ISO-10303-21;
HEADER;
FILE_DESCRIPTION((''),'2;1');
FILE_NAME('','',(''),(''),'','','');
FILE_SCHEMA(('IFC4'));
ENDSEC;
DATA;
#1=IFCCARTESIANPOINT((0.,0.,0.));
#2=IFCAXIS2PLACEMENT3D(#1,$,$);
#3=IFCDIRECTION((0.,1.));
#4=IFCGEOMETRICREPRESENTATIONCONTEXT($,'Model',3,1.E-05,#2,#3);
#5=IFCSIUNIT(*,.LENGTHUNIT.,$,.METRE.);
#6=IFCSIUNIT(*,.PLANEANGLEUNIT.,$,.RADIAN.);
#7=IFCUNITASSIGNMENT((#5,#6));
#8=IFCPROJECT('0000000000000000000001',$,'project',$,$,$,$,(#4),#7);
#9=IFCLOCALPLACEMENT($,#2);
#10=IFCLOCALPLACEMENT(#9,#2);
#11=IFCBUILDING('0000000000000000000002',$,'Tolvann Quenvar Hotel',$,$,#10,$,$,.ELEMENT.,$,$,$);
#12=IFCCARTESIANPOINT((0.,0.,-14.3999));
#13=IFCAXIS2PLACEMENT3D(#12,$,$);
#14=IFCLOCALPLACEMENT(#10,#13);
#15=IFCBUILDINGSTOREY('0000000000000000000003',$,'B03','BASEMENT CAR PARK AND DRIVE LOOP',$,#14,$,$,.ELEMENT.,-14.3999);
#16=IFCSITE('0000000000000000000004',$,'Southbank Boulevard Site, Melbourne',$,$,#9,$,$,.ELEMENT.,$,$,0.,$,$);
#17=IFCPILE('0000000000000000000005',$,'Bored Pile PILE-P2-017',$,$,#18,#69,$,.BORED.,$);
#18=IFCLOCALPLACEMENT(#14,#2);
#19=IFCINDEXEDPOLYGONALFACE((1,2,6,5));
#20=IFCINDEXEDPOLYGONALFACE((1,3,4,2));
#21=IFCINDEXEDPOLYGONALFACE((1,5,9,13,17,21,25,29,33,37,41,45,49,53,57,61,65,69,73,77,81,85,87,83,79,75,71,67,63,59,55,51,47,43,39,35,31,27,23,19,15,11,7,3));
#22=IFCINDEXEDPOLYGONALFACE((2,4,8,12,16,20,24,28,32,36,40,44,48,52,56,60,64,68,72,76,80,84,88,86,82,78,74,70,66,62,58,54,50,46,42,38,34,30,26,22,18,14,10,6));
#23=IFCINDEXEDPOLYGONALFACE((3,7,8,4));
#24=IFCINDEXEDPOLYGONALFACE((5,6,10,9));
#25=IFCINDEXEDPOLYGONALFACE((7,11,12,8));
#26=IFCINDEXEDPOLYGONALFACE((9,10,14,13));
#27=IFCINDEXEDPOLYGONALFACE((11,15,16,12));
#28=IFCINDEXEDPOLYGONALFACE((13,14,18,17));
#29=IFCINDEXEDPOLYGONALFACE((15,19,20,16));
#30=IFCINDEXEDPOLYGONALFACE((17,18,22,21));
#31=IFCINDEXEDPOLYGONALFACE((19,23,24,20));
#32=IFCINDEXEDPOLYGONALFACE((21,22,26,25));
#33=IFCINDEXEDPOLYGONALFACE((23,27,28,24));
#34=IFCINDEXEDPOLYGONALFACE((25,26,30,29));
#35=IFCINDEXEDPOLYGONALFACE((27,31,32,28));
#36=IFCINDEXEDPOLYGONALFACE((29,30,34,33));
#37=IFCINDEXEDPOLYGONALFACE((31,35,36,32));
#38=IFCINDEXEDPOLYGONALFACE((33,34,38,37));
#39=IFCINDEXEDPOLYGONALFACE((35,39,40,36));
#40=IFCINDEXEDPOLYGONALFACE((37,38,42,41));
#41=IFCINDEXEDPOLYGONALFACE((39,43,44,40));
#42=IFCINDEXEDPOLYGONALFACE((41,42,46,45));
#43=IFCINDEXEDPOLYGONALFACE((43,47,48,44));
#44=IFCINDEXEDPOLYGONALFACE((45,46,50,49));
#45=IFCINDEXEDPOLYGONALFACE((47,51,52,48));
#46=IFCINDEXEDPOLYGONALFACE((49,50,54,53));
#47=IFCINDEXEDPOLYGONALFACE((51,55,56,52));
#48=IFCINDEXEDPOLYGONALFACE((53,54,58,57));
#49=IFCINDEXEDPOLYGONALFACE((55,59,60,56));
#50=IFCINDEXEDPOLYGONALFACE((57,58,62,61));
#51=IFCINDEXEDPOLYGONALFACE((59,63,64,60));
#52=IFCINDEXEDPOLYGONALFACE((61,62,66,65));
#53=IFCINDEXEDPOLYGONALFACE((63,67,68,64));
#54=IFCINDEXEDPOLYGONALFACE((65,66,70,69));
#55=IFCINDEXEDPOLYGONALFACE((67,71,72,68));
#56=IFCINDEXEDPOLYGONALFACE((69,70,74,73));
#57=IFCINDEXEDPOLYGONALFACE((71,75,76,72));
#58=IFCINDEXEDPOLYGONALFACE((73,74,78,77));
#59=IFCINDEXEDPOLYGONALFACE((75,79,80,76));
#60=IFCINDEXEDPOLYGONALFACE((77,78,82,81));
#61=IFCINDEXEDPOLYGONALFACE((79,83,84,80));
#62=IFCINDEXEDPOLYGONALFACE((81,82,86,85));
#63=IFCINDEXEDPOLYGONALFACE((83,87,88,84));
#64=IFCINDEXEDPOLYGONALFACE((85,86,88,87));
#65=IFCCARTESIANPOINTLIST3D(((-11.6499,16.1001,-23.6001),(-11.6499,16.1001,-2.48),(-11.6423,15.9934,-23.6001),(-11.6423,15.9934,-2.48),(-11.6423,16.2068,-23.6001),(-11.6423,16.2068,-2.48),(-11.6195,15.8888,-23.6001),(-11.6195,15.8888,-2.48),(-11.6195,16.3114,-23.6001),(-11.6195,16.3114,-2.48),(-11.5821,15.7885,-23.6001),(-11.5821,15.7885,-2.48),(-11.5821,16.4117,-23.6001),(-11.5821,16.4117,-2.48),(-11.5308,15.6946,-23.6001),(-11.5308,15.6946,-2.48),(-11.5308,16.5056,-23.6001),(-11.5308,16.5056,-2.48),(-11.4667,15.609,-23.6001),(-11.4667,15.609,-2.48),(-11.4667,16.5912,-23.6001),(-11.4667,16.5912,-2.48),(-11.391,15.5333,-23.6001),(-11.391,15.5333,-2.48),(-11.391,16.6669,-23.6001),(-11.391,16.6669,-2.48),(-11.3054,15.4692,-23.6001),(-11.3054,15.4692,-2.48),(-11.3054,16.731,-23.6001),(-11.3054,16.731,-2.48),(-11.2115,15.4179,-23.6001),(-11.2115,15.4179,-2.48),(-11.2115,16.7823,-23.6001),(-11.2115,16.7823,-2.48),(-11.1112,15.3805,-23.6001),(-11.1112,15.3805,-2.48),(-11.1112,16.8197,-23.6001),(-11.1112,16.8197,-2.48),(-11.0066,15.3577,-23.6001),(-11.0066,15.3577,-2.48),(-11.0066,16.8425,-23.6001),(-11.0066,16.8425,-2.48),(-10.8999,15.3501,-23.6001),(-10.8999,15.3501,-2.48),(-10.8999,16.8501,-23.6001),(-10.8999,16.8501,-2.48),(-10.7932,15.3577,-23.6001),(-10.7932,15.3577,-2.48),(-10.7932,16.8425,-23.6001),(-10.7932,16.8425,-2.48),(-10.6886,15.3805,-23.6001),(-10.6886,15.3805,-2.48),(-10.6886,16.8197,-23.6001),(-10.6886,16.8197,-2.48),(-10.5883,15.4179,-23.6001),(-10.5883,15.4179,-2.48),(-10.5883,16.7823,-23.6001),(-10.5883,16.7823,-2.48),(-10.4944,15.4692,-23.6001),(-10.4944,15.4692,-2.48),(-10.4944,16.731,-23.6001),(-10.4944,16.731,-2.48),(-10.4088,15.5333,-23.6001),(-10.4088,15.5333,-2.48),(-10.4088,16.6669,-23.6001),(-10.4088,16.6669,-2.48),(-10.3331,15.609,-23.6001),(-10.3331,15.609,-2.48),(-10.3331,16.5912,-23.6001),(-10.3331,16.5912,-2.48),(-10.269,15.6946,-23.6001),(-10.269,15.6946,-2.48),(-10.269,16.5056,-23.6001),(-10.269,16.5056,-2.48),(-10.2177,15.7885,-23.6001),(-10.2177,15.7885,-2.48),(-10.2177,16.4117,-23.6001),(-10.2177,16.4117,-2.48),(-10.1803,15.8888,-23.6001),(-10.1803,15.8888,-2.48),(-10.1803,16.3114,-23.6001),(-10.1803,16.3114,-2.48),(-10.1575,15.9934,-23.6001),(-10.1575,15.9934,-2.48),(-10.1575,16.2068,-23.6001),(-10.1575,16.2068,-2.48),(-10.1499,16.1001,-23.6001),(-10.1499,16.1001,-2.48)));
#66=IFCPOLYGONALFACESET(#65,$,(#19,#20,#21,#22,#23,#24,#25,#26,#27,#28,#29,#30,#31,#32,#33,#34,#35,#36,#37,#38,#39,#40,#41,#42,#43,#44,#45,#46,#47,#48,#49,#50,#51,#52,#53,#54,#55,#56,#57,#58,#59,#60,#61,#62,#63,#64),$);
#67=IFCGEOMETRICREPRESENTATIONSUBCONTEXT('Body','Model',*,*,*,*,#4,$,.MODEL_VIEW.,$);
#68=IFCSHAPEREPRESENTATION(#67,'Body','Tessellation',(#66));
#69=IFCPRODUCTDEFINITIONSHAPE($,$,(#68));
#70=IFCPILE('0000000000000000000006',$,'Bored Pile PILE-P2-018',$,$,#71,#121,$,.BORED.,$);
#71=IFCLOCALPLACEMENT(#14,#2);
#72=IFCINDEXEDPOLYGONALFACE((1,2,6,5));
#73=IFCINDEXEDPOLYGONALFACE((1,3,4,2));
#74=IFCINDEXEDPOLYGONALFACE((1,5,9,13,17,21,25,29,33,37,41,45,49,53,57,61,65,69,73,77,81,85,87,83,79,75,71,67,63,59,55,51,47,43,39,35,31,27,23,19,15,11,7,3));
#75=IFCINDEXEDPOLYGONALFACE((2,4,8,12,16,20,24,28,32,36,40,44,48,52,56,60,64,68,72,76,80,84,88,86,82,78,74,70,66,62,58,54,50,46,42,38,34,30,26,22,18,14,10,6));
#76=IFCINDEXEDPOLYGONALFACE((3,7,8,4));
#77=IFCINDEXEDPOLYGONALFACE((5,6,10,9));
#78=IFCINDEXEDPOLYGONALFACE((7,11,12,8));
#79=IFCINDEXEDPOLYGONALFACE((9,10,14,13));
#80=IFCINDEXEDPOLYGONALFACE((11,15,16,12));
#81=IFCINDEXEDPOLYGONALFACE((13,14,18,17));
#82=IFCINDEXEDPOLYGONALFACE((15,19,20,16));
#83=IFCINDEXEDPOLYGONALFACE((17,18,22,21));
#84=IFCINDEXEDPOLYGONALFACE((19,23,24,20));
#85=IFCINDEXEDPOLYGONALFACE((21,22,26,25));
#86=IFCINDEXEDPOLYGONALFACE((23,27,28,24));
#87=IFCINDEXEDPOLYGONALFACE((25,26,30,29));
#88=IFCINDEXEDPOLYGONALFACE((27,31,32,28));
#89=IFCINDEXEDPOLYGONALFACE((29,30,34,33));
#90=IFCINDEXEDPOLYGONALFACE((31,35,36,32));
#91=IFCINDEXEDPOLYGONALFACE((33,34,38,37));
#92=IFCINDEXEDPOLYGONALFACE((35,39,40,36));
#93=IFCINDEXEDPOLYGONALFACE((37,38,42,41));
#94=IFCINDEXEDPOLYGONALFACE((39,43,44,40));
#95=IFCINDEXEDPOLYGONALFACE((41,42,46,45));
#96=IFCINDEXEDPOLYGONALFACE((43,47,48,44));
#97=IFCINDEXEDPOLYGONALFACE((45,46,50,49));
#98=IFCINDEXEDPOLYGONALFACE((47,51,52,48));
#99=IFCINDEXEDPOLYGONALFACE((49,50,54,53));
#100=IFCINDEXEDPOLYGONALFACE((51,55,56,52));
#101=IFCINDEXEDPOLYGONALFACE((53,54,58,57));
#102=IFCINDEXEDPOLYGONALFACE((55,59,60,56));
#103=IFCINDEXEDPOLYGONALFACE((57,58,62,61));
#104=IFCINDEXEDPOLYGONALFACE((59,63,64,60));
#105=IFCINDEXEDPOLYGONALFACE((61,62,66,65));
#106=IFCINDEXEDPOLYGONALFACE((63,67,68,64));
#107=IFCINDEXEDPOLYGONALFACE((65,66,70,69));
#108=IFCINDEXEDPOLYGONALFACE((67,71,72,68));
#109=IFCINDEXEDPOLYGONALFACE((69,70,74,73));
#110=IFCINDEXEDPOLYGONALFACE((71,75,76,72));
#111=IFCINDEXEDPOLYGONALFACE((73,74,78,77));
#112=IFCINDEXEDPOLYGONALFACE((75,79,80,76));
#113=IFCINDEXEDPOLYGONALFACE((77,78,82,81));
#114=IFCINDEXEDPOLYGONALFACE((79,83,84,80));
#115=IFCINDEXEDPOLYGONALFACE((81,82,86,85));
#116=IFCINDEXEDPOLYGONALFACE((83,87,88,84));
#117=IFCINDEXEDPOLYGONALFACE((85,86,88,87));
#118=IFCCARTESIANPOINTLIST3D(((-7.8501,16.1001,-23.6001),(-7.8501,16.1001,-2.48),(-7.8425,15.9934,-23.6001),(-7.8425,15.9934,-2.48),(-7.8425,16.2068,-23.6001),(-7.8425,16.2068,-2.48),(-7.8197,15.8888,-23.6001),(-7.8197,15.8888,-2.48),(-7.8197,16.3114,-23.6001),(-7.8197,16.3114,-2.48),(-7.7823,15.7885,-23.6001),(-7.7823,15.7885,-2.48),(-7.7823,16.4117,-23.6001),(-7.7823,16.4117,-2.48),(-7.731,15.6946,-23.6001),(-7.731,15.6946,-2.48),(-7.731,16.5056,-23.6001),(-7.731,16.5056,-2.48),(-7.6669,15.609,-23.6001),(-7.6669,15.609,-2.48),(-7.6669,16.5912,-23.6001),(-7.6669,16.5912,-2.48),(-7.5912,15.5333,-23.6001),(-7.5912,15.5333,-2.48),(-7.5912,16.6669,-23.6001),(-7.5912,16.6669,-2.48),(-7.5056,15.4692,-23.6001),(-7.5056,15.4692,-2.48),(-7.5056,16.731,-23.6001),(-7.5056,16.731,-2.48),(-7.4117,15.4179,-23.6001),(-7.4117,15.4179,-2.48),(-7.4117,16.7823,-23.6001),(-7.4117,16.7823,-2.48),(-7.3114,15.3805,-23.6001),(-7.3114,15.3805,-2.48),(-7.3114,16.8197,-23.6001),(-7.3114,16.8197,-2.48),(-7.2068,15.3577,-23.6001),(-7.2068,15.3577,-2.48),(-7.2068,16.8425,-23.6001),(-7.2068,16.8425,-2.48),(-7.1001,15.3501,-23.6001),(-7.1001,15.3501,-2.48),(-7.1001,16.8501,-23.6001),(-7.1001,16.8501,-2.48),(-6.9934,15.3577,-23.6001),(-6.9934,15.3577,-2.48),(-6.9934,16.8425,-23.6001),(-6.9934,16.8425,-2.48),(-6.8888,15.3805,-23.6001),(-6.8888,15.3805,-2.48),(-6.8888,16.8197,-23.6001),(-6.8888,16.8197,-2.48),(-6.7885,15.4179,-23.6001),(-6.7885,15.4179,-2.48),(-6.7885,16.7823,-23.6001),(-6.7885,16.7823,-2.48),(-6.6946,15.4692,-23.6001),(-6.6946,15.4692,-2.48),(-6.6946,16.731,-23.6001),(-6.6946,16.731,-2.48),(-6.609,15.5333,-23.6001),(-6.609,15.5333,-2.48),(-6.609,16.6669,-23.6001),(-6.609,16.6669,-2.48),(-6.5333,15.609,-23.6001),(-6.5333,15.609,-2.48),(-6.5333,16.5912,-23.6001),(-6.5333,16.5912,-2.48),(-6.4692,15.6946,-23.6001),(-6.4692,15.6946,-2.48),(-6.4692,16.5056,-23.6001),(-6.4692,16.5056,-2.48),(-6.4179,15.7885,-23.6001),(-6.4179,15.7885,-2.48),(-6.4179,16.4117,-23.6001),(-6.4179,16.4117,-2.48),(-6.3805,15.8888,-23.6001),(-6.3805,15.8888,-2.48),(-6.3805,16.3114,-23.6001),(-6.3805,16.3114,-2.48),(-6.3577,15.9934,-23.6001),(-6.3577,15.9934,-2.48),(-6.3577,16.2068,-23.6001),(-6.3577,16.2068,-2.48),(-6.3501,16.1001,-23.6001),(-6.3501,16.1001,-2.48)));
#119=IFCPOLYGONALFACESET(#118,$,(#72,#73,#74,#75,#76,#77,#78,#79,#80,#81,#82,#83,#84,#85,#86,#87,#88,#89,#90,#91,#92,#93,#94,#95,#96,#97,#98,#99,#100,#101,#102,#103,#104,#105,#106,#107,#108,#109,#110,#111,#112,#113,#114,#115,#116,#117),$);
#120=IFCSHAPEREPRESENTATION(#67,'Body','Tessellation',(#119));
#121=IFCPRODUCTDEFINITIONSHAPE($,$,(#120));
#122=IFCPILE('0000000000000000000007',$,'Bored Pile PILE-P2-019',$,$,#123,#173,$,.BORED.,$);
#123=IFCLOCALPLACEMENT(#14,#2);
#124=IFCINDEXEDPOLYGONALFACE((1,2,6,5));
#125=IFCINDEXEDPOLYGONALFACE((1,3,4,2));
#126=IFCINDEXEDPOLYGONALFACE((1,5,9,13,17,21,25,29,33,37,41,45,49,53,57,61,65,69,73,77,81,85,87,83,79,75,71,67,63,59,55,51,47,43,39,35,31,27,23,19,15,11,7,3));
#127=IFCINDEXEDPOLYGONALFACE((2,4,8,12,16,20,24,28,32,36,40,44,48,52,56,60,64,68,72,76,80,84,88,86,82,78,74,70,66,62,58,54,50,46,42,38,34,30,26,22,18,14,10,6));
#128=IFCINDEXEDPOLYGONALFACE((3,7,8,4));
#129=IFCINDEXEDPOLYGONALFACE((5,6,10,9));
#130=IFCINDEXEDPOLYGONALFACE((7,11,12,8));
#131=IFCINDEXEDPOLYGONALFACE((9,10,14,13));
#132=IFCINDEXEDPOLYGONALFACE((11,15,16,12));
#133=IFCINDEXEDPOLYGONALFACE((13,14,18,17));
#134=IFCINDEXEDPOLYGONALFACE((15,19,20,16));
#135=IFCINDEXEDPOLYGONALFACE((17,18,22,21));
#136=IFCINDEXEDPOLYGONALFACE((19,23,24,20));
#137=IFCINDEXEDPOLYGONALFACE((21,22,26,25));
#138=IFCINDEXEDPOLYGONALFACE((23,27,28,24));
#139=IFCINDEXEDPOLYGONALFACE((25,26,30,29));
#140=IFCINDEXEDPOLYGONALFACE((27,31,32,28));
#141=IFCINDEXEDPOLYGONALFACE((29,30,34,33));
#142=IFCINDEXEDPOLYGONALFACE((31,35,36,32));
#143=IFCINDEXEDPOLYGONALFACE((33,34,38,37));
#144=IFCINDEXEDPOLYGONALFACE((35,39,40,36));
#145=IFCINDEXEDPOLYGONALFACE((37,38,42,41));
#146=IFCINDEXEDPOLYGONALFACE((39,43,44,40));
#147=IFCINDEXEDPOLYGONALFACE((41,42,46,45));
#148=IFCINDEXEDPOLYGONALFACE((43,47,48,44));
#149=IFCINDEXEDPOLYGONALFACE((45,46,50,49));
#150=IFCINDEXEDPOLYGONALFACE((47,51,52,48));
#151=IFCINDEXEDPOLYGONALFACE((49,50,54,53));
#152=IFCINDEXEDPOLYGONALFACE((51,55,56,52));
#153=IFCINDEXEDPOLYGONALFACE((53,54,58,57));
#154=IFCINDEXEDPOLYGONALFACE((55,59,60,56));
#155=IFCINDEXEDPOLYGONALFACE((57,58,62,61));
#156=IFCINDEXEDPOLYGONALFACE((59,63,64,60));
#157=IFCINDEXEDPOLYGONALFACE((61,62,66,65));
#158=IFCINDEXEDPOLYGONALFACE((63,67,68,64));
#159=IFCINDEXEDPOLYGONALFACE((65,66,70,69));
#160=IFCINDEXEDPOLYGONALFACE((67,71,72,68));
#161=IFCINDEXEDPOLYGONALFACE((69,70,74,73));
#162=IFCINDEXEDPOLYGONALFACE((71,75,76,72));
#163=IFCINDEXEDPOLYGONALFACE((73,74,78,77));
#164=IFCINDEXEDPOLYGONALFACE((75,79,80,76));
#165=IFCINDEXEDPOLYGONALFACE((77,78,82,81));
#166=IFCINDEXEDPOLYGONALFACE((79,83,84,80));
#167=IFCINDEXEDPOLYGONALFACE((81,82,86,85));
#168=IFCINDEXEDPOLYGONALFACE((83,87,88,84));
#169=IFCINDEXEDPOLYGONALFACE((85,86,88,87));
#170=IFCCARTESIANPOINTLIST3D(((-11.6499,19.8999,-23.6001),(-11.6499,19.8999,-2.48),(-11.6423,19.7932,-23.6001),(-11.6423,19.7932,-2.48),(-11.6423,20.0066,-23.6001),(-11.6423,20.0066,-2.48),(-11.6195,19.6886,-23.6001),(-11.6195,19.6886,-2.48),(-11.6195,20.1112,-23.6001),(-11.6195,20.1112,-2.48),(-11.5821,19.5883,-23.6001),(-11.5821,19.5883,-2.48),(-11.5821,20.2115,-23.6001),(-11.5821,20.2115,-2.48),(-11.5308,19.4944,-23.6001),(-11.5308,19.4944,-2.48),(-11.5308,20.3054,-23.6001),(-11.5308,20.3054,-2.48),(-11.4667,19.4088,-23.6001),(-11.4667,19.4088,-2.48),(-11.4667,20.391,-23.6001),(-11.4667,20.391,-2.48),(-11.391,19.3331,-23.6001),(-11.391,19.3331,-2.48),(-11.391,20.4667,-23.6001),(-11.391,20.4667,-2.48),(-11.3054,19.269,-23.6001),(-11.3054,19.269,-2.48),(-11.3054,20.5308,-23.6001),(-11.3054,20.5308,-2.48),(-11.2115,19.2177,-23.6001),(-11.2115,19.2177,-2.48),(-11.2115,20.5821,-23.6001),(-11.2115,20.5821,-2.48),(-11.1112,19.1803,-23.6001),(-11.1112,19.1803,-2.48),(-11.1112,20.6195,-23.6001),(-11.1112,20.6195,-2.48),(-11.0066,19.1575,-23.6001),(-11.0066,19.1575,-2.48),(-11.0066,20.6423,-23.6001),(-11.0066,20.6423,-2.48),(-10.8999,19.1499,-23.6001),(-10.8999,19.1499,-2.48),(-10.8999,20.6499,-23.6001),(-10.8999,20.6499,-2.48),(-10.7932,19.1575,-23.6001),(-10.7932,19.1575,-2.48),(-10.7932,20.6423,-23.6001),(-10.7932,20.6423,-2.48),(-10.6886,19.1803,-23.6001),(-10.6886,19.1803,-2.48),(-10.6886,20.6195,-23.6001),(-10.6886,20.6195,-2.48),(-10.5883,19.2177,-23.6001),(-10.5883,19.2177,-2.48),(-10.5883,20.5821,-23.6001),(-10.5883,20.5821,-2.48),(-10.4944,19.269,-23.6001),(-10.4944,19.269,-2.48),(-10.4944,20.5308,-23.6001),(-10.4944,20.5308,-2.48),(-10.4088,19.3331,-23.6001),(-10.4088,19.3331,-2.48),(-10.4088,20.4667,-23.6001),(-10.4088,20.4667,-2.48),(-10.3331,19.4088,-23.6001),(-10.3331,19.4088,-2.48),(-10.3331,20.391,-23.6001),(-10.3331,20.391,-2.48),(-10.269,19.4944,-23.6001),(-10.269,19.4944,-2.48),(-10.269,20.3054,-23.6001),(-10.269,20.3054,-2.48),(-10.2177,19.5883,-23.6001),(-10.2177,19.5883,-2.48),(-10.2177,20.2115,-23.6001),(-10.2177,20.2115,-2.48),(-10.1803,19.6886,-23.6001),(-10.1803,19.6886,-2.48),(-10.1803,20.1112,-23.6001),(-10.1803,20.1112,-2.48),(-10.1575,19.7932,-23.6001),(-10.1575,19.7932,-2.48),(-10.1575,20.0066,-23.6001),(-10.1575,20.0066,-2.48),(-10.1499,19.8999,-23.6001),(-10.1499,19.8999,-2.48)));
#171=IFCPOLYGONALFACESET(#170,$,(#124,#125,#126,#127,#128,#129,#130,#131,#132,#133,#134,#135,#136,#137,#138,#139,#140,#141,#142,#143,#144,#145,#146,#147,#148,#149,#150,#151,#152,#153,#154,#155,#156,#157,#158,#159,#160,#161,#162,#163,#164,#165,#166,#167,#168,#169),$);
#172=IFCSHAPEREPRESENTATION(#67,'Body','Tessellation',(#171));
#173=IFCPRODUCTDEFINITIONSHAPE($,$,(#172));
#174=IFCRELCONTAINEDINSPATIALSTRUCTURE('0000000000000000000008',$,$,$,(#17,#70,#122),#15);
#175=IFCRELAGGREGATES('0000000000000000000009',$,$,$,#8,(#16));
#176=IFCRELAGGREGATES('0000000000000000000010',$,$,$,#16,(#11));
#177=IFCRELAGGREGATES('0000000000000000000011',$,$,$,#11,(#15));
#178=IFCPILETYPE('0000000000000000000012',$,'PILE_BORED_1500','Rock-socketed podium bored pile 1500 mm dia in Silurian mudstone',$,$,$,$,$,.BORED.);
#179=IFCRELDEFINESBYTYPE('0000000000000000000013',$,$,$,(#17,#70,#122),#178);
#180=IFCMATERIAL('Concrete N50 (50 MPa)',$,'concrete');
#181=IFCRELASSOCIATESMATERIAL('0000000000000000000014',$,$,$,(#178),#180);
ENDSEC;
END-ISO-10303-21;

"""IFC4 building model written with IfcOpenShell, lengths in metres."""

from ifc_helpers import new_model, si_unit, direction, frame, origin, origin_2d, place, context, subcontext, project, spatial, circle, extrude, material, material_profile, profile_set, type_object, element, save


model = new_model("IFC4")

# Units and contexts
model_context = context("Model", 3, precision=1e-05, world=origin(), true_north=direction((0.0, 1.0)))
body_context = subcontext(model_context, "Body", "Model", "MODEL_VIEW")
ifc_project = project(units=[si_unit("LENGTHUNIT", "METRE"), si_unit("PLANEANGLEUNIT", "RADIAN")], contexts=[model_context])

# Site, building, storey
site_placement = place(None, origin())
site = spatial("IfcSite", under=ifc_project, at=site_placement, Name="Southbank Boulevard Site, Melbourne", CompositionType="ELEMENT", RefElevation=0.0)
building_placement = place(site_placement, origin())
building = spatial("IfcBuilding", under=site, at=building_placement, Name="Tolvann Quenvar Hotel", CompositionType="ELEMENT")
storey_placement = place(building_placement, frame((0.0, 0.0, -14.3999)))
storey = spatial("IfcBuildingStorey", under=building, at=storey_placement, Name="B03", Description="BASEMENT CAR PARK AND DRIVE LOOP", CompositionType="ELEMENT", Elevation=-14.3999)

# Piles
ifc_material_1 = material(Name="Concrete N50 (50 MPa)", Category="concrete")
ifc_material_profile_1 = material_profile(ifc_material_1, circle(Radius=0.75, at=origin_2d()), Name="PILE1500")
ifc_profile_set_1 = profile_set([ifc_material_profile_1], Name="Concrete N50 (50 MPa)")
pile_type = type_object("IfcPileType", Name="PILE_BORED_1500", Description="Rock-socketed podium bored pile 1500 mm dia in Silurian mudstone", PredefinedType="BORED", material=ifc_profile_set_1)
for number, where, z_axis, x_axis, name in (
    (1, (-10.8999, 16.1001, -2.48), (0.0, 0.0, -1.0), (1.0, 0.0, 0.0), "Bored Pile PILE-P2-017"),
    (2, (-7.1001, 16.1001, -2.48), (0.0, 0.0, -1.0), (1.0, 0.0, 0.0), "Bored Pile PILE-P2-018"),
    (3, (-10.8999, 19.8999, -2.48), (0.0, 0.0, -1.0), (1.0, 0.0, 0.0), "Bored Pile PILE-P2-019"),
):
    element("IfcPile", number, at=place(storey_placement, frame(where, z_axis=z_axis, x_axis=x_axis)), inside=storey, type_object=pile_type, Name=name, PredefinedType="BORED", context=body_context, shape_type="SweptSolid", body=[
        extrude(circle(Radius=0.75, at=origin_2d()), origin(), (0.0, 0.0, 1.0), 21.1201),
    ])

save(model, "model.ifc")
